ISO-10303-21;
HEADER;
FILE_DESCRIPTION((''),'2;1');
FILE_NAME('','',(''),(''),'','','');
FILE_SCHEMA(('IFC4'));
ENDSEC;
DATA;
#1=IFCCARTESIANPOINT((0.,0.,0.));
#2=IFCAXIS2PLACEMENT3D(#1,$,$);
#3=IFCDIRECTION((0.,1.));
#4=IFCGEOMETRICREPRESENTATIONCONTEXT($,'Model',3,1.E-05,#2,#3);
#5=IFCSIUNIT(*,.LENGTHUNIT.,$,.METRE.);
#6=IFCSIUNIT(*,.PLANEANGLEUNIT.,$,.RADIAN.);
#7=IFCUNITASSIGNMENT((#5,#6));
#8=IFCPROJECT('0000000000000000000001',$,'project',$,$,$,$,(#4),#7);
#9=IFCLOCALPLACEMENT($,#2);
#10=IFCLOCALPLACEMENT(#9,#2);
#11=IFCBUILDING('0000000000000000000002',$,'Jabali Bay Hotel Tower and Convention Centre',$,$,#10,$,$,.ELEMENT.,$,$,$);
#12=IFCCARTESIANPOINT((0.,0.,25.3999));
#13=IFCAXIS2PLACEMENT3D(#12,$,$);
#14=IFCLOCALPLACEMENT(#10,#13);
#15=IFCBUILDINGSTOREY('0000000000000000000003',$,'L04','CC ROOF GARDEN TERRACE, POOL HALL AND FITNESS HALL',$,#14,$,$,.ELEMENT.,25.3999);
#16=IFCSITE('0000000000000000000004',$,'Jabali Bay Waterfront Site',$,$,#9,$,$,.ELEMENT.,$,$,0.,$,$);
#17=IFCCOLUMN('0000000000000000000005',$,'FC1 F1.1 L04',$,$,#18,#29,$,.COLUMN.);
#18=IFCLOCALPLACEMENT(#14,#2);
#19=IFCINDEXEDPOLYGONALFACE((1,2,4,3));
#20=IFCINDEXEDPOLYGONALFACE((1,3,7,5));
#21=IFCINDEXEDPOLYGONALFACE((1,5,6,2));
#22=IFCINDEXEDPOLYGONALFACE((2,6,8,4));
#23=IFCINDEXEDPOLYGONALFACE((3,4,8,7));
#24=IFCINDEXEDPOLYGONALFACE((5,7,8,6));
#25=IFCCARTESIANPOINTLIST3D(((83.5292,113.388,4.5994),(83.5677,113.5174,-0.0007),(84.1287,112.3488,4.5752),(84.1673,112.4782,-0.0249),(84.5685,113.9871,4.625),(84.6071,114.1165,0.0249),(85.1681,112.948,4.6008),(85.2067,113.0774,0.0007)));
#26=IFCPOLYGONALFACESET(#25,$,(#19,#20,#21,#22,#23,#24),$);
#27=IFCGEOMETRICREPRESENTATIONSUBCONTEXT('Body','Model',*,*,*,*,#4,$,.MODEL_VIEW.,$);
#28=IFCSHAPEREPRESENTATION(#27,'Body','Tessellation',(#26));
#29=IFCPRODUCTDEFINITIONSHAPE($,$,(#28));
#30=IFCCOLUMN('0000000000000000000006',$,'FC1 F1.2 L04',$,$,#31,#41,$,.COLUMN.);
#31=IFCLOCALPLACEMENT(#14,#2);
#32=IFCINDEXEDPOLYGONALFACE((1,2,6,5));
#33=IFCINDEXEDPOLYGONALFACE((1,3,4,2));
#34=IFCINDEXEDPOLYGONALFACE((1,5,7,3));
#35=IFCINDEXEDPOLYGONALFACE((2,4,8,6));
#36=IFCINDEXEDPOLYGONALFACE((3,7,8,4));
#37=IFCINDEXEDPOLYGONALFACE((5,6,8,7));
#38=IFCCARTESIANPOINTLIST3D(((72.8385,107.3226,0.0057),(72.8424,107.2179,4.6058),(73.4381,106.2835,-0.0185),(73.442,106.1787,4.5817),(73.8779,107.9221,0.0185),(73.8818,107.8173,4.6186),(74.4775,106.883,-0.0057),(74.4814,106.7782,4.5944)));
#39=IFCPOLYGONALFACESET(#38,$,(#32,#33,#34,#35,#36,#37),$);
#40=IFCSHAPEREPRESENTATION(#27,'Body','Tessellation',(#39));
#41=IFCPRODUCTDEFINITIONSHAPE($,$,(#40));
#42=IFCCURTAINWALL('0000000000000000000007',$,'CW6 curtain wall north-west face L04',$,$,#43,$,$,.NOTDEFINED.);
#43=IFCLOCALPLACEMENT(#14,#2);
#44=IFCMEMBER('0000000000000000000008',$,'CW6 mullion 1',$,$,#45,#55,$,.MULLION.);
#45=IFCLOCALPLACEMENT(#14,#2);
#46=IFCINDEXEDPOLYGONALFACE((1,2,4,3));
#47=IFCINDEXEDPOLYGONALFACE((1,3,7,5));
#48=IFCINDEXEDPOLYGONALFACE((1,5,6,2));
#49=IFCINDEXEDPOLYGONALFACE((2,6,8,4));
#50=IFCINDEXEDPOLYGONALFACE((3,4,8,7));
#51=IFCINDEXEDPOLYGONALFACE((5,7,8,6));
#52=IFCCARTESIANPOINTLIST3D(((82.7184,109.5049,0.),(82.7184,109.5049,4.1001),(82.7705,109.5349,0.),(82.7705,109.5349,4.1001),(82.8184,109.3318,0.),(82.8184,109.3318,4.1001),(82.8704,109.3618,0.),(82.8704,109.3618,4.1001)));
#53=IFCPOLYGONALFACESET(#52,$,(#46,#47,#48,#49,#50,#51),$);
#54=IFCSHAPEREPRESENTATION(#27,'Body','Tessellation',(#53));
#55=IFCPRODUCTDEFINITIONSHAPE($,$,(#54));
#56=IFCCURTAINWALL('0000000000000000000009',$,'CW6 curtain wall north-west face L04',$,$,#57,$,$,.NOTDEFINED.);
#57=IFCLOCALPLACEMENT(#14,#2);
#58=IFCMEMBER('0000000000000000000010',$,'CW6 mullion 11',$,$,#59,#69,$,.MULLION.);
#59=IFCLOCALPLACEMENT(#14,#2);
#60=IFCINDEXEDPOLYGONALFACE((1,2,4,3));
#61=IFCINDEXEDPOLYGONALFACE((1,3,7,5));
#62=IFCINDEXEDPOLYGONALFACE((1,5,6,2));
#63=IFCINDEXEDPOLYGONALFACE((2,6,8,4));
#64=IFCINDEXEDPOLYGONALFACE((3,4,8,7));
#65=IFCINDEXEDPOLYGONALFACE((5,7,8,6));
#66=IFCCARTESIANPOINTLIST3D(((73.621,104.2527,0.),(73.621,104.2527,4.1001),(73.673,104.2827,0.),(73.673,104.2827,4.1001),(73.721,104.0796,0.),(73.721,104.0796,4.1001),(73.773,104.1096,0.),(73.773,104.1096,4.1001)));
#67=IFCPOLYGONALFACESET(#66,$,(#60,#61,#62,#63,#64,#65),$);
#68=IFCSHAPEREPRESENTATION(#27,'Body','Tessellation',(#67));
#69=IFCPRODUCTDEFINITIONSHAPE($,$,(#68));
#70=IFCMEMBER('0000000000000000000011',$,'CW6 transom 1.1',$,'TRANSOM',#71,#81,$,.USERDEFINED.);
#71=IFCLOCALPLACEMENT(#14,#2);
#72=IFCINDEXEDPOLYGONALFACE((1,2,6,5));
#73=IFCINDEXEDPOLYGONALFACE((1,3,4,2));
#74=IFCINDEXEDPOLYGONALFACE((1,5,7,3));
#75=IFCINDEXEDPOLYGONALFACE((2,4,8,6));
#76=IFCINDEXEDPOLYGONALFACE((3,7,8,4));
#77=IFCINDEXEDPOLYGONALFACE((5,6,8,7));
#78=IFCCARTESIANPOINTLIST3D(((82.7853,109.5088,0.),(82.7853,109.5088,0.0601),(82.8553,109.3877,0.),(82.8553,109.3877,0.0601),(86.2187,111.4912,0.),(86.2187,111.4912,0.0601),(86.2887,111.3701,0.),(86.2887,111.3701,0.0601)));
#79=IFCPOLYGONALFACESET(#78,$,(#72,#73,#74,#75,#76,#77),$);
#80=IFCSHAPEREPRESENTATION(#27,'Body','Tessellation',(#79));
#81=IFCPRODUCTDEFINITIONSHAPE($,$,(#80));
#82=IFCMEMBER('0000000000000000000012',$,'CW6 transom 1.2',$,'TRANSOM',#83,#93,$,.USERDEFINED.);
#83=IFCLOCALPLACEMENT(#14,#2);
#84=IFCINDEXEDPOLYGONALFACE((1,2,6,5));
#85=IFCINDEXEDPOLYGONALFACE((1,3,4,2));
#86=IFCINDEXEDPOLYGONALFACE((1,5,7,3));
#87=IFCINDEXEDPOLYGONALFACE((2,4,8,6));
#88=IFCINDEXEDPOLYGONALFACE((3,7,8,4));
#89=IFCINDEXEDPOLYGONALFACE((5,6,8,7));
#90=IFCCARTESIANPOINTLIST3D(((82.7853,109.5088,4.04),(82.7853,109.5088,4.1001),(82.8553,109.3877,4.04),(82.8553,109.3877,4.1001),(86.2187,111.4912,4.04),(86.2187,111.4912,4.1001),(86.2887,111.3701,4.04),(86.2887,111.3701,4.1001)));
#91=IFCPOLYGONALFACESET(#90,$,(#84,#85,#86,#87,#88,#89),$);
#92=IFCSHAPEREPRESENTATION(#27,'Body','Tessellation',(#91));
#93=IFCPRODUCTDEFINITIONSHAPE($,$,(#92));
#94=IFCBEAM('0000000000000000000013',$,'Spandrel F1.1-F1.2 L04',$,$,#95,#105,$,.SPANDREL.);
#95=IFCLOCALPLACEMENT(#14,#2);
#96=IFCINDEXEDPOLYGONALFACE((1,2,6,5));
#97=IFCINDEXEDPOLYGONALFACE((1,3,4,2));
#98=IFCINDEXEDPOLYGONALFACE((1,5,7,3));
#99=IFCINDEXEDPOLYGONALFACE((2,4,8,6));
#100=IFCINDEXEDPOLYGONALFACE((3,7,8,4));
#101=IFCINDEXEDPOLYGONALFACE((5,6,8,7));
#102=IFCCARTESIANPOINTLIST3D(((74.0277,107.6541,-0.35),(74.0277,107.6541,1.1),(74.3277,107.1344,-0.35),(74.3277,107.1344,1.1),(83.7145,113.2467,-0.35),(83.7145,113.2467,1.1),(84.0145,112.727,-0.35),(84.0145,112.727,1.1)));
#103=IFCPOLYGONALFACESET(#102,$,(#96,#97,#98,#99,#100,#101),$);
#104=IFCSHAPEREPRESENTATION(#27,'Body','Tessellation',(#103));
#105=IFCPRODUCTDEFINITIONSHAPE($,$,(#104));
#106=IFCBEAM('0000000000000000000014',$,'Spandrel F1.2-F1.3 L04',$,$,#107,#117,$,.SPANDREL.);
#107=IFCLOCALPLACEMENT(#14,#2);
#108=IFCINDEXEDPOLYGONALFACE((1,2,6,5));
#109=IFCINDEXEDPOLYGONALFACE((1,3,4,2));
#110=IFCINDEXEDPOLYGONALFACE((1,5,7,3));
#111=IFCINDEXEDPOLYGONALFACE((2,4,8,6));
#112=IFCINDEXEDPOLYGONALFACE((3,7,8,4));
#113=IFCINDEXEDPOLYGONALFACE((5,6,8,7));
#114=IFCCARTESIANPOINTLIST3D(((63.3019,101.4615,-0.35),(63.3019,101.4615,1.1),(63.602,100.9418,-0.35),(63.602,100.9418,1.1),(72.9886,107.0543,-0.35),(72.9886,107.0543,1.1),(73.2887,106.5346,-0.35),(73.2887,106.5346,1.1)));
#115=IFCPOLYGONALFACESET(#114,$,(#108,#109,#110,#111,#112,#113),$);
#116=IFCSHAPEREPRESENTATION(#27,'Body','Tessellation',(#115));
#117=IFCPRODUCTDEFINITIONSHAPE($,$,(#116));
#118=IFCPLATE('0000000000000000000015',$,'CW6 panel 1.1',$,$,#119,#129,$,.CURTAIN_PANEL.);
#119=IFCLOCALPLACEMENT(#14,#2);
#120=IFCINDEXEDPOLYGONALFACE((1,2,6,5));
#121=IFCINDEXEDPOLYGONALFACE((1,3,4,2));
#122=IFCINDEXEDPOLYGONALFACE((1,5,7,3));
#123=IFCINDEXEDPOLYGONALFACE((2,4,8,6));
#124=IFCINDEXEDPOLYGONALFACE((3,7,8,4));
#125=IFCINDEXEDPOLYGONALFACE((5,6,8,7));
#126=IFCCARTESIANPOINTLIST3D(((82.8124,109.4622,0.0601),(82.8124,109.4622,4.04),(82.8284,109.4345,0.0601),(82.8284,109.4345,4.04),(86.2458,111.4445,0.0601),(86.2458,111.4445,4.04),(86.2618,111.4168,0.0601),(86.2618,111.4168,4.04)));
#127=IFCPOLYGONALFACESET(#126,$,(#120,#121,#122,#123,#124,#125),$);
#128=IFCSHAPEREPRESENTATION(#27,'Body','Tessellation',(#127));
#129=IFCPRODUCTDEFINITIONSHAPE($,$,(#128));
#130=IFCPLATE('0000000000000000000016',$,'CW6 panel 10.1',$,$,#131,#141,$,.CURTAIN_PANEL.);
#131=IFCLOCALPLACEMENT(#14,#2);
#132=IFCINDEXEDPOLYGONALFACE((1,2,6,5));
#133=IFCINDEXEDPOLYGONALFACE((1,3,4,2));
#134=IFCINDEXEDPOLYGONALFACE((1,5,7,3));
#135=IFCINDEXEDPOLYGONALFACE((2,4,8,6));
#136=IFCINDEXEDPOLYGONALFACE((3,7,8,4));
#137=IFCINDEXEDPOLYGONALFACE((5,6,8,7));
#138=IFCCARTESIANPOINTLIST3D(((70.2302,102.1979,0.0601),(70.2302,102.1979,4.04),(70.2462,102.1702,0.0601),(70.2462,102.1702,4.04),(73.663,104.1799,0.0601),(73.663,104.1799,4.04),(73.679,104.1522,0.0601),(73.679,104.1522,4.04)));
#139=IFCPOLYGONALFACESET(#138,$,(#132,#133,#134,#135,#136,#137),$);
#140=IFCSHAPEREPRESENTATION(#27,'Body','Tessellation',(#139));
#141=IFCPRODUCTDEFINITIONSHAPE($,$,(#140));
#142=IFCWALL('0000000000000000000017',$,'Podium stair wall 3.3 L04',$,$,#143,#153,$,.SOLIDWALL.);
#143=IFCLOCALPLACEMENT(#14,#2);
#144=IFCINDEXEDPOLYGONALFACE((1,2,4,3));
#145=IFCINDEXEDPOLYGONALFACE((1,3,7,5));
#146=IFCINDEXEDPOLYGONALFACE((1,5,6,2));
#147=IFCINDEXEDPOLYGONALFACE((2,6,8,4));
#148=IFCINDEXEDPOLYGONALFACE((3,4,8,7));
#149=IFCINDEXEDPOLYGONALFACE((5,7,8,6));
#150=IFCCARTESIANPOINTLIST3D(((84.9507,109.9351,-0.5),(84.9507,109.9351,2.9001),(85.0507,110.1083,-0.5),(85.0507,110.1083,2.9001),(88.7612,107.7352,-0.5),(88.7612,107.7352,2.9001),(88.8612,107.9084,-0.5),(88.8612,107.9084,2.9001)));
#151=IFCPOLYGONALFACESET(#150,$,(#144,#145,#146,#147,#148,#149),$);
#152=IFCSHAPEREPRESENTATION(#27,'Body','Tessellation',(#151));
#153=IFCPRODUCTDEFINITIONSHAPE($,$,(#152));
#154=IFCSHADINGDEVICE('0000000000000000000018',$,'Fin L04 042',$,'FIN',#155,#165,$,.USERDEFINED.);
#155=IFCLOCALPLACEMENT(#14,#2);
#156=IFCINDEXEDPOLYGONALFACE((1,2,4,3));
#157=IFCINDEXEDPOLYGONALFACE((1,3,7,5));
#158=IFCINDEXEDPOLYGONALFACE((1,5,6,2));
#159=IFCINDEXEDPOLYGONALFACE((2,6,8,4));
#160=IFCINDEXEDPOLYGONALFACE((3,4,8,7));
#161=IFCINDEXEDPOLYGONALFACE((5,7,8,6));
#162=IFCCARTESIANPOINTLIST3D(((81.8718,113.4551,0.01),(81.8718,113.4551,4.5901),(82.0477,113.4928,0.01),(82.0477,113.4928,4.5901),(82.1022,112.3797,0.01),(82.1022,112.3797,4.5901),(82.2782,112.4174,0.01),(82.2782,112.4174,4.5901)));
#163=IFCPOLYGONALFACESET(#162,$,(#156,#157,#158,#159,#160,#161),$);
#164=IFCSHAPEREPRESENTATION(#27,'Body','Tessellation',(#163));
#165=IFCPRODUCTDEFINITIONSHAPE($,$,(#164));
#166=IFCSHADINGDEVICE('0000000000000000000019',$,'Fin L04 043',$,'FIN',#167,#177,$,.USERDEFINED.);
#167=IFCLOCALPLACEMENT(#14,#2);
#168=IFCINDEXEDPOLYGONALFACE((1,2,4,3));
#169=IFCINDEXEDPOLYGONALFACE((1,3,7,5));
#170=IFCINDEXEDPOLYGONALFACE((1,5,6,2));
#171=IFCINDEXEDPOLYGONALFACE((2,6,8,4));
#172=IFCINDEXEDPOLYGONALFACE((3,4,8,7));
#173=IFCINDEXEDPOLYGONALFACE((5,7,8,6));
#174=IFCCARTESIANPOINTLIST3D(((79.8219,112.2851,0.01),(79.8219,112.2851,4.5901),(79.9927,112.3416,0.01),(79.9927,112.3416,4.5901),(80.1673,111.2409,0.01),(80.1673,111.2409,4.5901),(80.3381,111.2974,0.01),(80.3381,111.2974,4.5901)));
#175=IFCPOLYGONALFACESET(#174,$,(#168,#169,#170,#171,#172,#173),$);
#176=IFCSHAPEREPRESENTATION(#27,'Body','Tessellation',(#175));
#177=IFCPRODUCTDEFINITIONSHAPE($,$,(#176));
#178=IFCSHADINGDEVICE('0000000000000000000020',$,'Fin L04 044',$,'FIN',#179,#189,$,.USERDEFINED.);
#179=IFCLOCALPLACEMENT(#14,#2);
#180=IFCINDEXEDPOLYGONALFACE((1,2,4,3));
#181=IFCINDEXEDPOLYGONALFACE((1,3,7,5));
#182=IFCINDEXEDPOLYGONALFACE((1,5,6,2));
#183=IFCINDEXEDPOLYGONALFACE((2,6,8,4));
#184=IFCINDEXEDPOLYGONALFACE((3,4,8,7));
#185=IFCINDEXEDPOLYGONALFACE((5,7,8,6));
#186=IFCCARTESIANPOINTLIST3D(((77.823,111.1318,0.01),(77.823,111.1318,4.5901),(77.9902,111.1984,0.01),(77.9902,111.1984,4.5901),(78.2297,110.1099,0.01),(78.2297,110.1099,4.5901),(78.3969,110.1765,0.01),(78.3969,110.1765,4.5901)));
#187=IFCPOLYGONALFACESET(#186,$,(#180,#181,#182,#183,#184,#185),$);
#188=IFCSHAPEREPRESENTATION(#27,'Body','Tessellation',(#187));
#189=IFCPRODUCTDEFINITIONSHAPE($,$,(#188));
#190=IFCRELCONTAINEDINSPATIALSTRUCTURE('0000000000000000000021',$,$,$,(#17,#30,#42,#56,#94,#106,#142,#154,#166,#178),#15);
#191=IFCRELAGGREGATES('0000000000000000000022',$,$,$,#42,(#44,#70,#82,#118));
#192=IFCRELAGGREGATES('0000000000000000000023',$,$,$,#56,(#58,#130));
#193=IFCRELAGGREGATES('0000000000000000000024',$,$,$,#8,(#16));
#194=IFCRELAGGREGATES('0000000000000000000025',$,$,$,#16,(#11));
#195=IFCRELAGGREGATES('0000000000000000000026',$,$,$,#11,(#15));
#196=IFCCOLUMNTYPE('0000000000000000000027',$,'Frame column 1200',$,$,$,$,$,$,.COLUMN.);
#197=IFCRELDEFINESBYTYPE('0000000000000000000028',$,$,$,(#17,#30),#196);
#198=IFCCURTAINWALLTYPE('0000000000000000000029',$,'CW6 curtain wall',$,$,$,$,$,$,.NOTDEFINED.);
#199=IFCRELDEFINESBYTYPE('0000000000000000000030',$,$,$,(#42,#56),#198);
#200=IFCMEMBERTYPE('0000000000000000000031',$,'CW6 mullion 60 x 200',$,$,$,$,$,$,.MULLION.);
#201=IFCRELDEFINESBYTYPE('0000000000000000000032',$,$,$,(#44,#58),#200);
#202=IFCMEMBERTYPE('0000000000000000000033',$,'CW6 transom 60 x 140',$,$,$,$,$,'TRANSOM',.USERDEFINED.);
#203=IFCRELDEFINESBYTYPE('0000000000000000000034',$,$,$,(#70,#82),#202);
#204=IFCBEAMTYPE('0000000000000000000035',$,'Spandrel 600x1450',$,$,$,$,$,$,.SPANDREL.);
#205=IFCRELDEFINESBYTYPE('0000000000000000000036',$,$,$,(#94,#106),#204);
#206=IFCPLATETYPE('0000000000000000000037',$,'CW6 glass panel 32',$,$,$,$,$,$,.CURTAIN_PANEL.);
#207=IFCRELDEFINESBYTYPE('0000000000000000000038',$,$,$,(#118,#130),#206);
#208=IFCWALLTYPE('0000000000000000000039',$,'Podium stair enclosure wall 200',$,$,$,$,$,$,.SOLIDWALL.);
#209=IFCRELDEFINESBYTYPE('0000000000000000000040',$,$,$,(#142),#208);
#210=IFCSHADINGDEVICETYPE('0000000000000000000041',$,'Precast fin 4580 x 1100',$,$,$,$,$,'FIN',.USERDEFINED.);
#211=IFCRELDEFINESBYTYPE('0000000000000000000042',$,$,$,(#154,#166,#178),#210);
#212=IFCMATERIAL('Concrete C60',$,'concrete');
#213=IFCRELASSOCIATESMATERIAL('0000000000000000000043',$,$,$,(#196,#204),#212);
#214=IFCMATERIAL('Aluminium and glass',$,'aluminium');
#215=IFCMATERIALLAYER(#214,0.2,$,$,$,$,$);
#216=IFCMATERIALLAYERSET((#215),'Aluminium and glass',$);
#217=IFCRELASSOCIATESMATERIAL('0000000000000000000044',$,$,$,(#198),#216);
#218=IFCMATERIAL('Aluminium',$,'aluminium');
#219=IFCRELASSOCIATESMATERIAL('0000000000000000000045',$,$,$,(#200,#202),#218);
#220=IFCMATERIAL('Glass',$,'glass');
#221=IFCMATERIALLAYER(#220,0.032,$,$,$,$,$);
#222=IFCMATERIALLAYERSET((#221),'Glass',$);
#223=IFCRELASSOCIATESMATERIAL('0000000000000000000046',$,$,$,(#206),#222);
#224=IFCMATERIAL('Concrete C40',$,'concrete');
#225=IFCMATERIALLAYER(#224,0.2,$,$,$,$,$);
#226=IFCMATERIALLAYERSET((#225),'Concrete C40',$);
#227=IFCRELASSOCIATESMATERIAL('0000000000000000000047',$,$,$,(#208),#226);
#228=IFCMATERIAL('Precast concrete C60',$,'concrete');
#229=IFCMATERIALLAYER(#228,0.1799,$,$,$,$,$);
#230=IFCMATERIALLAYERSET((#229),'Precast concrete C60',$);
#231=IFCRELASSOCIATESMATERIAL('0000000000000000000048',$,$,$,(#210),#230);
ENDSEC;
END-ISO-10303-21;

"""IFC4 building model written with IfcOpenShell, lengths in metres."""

from ifc_helpers import new_model, si_unit, direction, frame, frame_2d, origin, origin_2d, place, context, subcontext, project, spatial, rectangle, extrude, material, layer, layer_set, material_profile, profile_set, type_object, element, aggregate, save


model = new_model("IFC4")

# Units and contexts
model_context = context("Model", 3, precision=1e-05, world=origin(), true_north=direction((0.0, 1.0)))
body_context = subcontext(model_context, "Body", "Model", "MODEL_VIEW")
ifc_project = project(units=[si_unit("LENGTHUNIT", "METRE"), si_unit("PLANEANGLEUNIT", "RADIAN")], contexts=[model_context])

# Site, building, storey
site_placement = place(None, origin())
site = spatial("IfcSite", under=ifc_project, at=site_placement, Name="Jabali Bay Waterfront Site", CompositionType="ELEMENT", RefElevation=0.0)
building_placement = place(site_placement, origin())
building = spatial("IfcBuilding", under=site, at=building_placement, Name="Jabali Bay Hotel Tower and Convention Centre", CompositionType="ELEMENT")
storey_placement = place(building_placement, frame((0.0, 0.0, 25.3999)))
storey = spatial("IfcBuildingStorey", under=building, at=storey_placement, Name="L04", Description="CC ROOF GARDEN TERRACE, POOL HALL AND FITNESS HALL", CompositionType="ELEMENT", Elevation=25.3999)

# Columns
ifc_material_1 = material(Name="Concrete C60", Category="concrete")
ifc_material_profile_1 = material_profile(ifc_material_1, rectangle(XDim=1.2, YDim=1.2, at=origin_2d()), Name="Frame column 1200")
ifc_profile_set_1 = profile_set([ifc_material_profile_1], Name="Concrete C60")
column_type = type_object("IfcColumnType", Name="Frame column 1200", PredefinedType="COLUMN", material=ifc_profile_set_1)
column_1_placement = place(storey_placement, frame((84.3872, 113.2974, 0.0), z_axis=(-0.008382, -0.028117, 0.99957), x_axis=(0.866171, 0.499294, 0.021308)))
element("IfcColumn", 1, at=column_1_placement, inside=storey, type_object=column_type, Name="FC1 F1.1 L04", PredefinedType="COLUMN", context=body_context, shape_type="SweptSolid", body=[
    extrude(rectangle(XDim=1.2, YDim=1.2, at=origin_2d()), origin(), (0.0, 0.0, 1.0), 4.6021),
])
column_2_placement = place(storey_placement, frame((73.658, 107.1028, 0.0), z_axis=(0.000849, -0.022762, 0.999741), x_axis=(0.866199, 0.499586, 0.010639)))
element("IfcColumn", 2, at=column_2_placement, inside=storey, type_object=column_type, Name="FC1 F1.2 L04", PredefinedType="COLUMN", context=body_context, shape_type="SweptSolid", body=[
    extrude(rectangle(XDim=1.2, YDim=1.2, at=origin_2d()), origin(), (0.0, 0.0, 1.0), 4.6013),
])

# Curtain walls, members
ifc_material_2 = material(Name="Aluminium and glass", Category="aluminium")
ifc_layer_1 = layer(ifc_material_2, 0.2)
ifc_layer_set_1 = layer_set([ifc_layer_1], Name="Aluminium and glass")
curtain_wall_type = type_object("IfcCurtainWallType", Name="CW6 curtain wall", PredefinedType="NOTDEFINED", material=ifc_layer_set_1)
curtain_wall_1_placement = place(storey_placement, origin())
curtain_wall_1 = element("IfcCurtainWall", 3, at=curtain_wall_1_placement, inside=storey, type_object=curtain_wall_type, Name="CW6 curtain wall north-west face L04", PredefinedType="NOTDEFINED")
ifc_material_3 = material(Name="Aluminium", Category="aluminium")
ifc_material_profile_2 = material_profile(ifc_material_3, rectangle(XDim=0.2, YDim=0.0601, at=origin_2d()), Name="CW6 mullion 60 x 200")
ifc_profile_set_2 = profile_set([ifc_material_profile_2], Name="Aluminium")
member_type_1 = type_object("IfcMemberType", Name="CW6 mullion 60 x 200", PredefinedType="MULLION", material=ifc_profile_set_2)
member_1_placement = place(storey_placement, frame((82.7944, 109.4333, 0.0), z_axis=(0.0, 0.0, 1.0), x_axis=(-0.5, 0.866025, 0.0)))
member_1 = element("IfcMember", 4, at=member_1_placement, type_object=member_type_1, Name="CW6 mullion 1", PredefinedType="MULLION", context=body_context, shape_type="SweptSolid", body=[
    extrude(rectangle(XDim=0.2, YDim=0.0601, at=origin_2d()), origin(), (0.0, 0.0, 1.0), 4.1001),
])
curtain_wall_2_placement = place(storey_placement, origin())
curtain_wall_2 = element("IfcCurtainWall", 5, at=curtain_wall_2_placement, inside=storey, type_object=curtain_wall_type, Name="CW6 curtain wall north-west face L04", PredefinedType="NOTDEFINED")
member_2_placement = place(storey_placement, frame((73.697, 104.1812, 0.0), z_axis=(0.0, 0.0, 1.0), x_axis=(-0.5, 0.866025, 0.0)))
member_2 = element("IfcMember", 6, at=member_2_placement, type_object=member_type_1, Name="CW6 mullion 11", PredefinedType="MULLION", context=body_context, shape_type="SweptSolid", body=[
    extrude(rectangle(XDim=0.2, YDim=0.0601, at=origin_2d()), origin(), (0.0, 0.0, 1.0), 4.1001),
])

# Members
ifc_material_profile_3 = material_profile(ifc_material_3, rectangle(XDim=0.1399, YDim=0.0601, at=origin_2d()), Name="CW6 transom 60 x 140")
ifc_profile_set_3 = profile_set([ifc_material_profile_3], Name="Aluminium")
member_type_2 = type_object("IfcMemberType", Name="CW6 transom 60 x 140", ElementType="TRANSOM", PredefinedType="USERDEFINED", material=ifc_profile_set_3)
member_3_placement = place(storey_placement, frame((82.8203, 109.4482, 0.03), z_axis=(0.866006, 0.500033, 0.0), x_axis=(-0.500033, 0.866006, 0.0)))
member_3 = element("IfcMember", 7, at=member_3_placement, type_object=member_type_2, Name="CW6 transom 1.1", ObjectType="TRANSOM", PredefinedType="USERDEFINED", context=body_context, shape_type="SweptSolid", body=[
    extrude(rectangle(XDim=0.1399, YDim=0.0601, at=origin_2d()), origin(), (0.0, 0.0, 1.0), 3.9646),
])
member_4_placement = place(storey_placement, frame((82.8203, 109.4482, 4.0701), z_axis=(0.866006, 0.500033, 0.0), x_axis=(-0.500033, 0.866006, 0.0)))
member_4 = element("IfcMember", 8, at=member_4_placement, type_object=member_type_2, Name="CW6 transom 1.2", ObjectType="TRANSOM", PredefinedType="USERDEFINED", context=body_context, shape_type="SweptSolid", body=[
    extrude(rectangle(XDim=0.1399, YDim=0.0601, at=origin_2d()), origin(), (0.0, 0.0, 1.0), 3.9646),
])

# Beams
ifc_material_profile_4 = material_profile(ifc_material_1, rectangle(XDim=0.6001, YDim=1.45, at=origin_2d()), Name="Spandrel 600x1450")
ifc_profile_set_4 = profile_set([ifc_material_profile_4], Name="Concrete C60")
beam_type = type_object("IfcBeamType", Name="Spandrel 600x1450", PredefinedType="SPANDREL", material=ifc_profile_set_4)
for number, where, z_axis, x_axis, name in (
    (9, (83.8645, 112.9868, 0.375), (-0.86603, -0.499991, 0.0), (0.499991, -0.86603, 0.0), "Spandrel F1.1-F1.2 L04"),
    (10, (73.1387, 106.7944, 0.375), (-0.866021, -0.500008, 0.0), (0.500008, -0.866021, 0.0), "Spandrel F1.2-F1.3 L04"),
):
    element("IfcBeam", number, at=place(storey_placement, frame(where, z_axis=z_axis, x_axis=x_axis)), inside=storey, type_object=beam_type, Name=name, PredefinedType="SPANDREL", context=body_context, shape_type="SweptSolid", body=[
        extrude(rectangle(XDim=0.6001, YDim=1.45, at=origin_2d()), origin(), (0.0, 0.0, 1.0), 11.1853),
    ])

# Plates
ifc_material_4 = material(Name="Glass", Category="glass")
ifc_layer_2 = layer(ifc_material_4, 0.032)
ifc_layer_set_2 = layer_set([ifc_layer_2], Name="Glass")
plate_type = type_object("IfcPlateType", Name="CW6 glass panel 32", PredefinedType="CURTAIN_PANEL", material=ifc_layer_set_2)
plate_1_placement = place(storey_placement, frame((84.5371, 110.4395, 0.0601), z_axis=(0.0, 0.0, 1.0), x_axis=(0.866025, 0.5, 0.0)))
plate_1 = element("IfcPlate", 11, at=plate_1_placement, type_object=plate_type, Name="CW6 panel 1.1", PredefinedType="CURTAIN_PANEL", context=body_context, shape_type="SweptSolid", body=[
    extrude(rectangle(XDim=3.9646, YDim=0.032, at=origin_2d()), origin(), (0.0, 0.0, 1.0), 3.98),
])
aggregate(curtain_wall_1, [member_1, member_3, member_4, plate_1])
plate_2_placement = place(storey_placement, frame((71.9546, 103.175, 0.0601), z_axis=(0.0, 0.0, 1.0), x_axis=(0.866025, 0.5, 0.0)))
plate_2 = element("IfcPlate", 12, at=plate_2_placement, type_object=plate_type, Name="CW6 panel 10.1", PredefinedType="CURTAIN_PANEL", context=body_context, shape_type="SweptSolid", body=[
    extrude(rectangle(XDim=3.9639, YDim=0.032, at=origin_2d()), origin(), (0.0, 0.0, 1.0), 3.98),
])
aggregate(curtain_wall_2, [member_2, plate_2])

# Shared definitions
ifc_material_5 = material(Name="Concrete C40", Category="concrete")

# Wall
ifc_layer_3 = layer(ifc_material_5, 0.2)
ifc_layer_set_3 = layer_set([ifc_layer_3], Name="Concrete C40")
wall_type_1 = type_object("IfcWallType", Name="Podium stair enclosure wall 200", PredefinedType="SOLIDWALL", material=ifc_layer_set_3)
wall_1_placement = place(storey_placement, frame((85.0007, 110.0217, -0.5), z_axis=(0.0, 0.0, 1.0), x_axis=(0.866032, -0.499988, 0.0)))
element("IfcWall", 13, at=wall_1_placement, inside=storey, type_object=wall_type_1, Name="Podium stair wall 3.3 L04", PredefinedType="SOLIDWALL", context=body_context, shape_type="SweptSolid", body=[
    extrude(rectangle(XDim=4.3999, YDim=0.2, at=frame_2d((2.2, 0.0))), origin(), (0.0, 0.0, 1.0), 3.4001),
])

# Shading devices
ifc_material_6 = material(Name="Precast concrete C60", Category="concrete")
ifc_layer_4 = layer(ifc_material_6, 0.1799)
ifc_layer_set_4 = layer_set([ifc_layer_4], Name="Precast concrete C60")
shading_device_type_1 = type_object("IfcShadingDeviceType", Name="Precast fin 4580 x 1100", ElementType="FIN", PredefinedType="USERDEFINED", material=ifc_layer_set_4)
for number, where, z_axis, x_axis, name in (
    (14, (82.1902, 112.3987, 0.01), (0.0, 0.0, 1.0), (-0.209544, 0.977799, 0.0), "Fin L04 042"),
    (15, (80.2527, 111.2693, 0.01), (0.0, 0.0, 1.0), (-0.314096, 0.949391, 0.0), "Fin L04 043"),
    (16, (78.3132, 110.1433, 0.01), (0.0, 0.0, 1.0), (-0.369783, 0.929118, 0.0), "Fin L04 044"),
):
    element("IfcShadingDevice", number, at=place(storey_placement, frame(where, z_axis=z_axis, x_axis=x_axis)), inside=storey, type_object=shading_device_type_1, Name=name, ObjectType="FIN", PredefinedType="USERDEFINED", context=body_context, shape_type="SweptSolid", body=[
        extrude(rectangle(XDim=1.0999, YDim=0.1799, at=frame_2d((0.5498, 0.0))), origin(), (0.0, 0.0, 1.0), 4.5801),
    ])

save(model, "model.ifc")
